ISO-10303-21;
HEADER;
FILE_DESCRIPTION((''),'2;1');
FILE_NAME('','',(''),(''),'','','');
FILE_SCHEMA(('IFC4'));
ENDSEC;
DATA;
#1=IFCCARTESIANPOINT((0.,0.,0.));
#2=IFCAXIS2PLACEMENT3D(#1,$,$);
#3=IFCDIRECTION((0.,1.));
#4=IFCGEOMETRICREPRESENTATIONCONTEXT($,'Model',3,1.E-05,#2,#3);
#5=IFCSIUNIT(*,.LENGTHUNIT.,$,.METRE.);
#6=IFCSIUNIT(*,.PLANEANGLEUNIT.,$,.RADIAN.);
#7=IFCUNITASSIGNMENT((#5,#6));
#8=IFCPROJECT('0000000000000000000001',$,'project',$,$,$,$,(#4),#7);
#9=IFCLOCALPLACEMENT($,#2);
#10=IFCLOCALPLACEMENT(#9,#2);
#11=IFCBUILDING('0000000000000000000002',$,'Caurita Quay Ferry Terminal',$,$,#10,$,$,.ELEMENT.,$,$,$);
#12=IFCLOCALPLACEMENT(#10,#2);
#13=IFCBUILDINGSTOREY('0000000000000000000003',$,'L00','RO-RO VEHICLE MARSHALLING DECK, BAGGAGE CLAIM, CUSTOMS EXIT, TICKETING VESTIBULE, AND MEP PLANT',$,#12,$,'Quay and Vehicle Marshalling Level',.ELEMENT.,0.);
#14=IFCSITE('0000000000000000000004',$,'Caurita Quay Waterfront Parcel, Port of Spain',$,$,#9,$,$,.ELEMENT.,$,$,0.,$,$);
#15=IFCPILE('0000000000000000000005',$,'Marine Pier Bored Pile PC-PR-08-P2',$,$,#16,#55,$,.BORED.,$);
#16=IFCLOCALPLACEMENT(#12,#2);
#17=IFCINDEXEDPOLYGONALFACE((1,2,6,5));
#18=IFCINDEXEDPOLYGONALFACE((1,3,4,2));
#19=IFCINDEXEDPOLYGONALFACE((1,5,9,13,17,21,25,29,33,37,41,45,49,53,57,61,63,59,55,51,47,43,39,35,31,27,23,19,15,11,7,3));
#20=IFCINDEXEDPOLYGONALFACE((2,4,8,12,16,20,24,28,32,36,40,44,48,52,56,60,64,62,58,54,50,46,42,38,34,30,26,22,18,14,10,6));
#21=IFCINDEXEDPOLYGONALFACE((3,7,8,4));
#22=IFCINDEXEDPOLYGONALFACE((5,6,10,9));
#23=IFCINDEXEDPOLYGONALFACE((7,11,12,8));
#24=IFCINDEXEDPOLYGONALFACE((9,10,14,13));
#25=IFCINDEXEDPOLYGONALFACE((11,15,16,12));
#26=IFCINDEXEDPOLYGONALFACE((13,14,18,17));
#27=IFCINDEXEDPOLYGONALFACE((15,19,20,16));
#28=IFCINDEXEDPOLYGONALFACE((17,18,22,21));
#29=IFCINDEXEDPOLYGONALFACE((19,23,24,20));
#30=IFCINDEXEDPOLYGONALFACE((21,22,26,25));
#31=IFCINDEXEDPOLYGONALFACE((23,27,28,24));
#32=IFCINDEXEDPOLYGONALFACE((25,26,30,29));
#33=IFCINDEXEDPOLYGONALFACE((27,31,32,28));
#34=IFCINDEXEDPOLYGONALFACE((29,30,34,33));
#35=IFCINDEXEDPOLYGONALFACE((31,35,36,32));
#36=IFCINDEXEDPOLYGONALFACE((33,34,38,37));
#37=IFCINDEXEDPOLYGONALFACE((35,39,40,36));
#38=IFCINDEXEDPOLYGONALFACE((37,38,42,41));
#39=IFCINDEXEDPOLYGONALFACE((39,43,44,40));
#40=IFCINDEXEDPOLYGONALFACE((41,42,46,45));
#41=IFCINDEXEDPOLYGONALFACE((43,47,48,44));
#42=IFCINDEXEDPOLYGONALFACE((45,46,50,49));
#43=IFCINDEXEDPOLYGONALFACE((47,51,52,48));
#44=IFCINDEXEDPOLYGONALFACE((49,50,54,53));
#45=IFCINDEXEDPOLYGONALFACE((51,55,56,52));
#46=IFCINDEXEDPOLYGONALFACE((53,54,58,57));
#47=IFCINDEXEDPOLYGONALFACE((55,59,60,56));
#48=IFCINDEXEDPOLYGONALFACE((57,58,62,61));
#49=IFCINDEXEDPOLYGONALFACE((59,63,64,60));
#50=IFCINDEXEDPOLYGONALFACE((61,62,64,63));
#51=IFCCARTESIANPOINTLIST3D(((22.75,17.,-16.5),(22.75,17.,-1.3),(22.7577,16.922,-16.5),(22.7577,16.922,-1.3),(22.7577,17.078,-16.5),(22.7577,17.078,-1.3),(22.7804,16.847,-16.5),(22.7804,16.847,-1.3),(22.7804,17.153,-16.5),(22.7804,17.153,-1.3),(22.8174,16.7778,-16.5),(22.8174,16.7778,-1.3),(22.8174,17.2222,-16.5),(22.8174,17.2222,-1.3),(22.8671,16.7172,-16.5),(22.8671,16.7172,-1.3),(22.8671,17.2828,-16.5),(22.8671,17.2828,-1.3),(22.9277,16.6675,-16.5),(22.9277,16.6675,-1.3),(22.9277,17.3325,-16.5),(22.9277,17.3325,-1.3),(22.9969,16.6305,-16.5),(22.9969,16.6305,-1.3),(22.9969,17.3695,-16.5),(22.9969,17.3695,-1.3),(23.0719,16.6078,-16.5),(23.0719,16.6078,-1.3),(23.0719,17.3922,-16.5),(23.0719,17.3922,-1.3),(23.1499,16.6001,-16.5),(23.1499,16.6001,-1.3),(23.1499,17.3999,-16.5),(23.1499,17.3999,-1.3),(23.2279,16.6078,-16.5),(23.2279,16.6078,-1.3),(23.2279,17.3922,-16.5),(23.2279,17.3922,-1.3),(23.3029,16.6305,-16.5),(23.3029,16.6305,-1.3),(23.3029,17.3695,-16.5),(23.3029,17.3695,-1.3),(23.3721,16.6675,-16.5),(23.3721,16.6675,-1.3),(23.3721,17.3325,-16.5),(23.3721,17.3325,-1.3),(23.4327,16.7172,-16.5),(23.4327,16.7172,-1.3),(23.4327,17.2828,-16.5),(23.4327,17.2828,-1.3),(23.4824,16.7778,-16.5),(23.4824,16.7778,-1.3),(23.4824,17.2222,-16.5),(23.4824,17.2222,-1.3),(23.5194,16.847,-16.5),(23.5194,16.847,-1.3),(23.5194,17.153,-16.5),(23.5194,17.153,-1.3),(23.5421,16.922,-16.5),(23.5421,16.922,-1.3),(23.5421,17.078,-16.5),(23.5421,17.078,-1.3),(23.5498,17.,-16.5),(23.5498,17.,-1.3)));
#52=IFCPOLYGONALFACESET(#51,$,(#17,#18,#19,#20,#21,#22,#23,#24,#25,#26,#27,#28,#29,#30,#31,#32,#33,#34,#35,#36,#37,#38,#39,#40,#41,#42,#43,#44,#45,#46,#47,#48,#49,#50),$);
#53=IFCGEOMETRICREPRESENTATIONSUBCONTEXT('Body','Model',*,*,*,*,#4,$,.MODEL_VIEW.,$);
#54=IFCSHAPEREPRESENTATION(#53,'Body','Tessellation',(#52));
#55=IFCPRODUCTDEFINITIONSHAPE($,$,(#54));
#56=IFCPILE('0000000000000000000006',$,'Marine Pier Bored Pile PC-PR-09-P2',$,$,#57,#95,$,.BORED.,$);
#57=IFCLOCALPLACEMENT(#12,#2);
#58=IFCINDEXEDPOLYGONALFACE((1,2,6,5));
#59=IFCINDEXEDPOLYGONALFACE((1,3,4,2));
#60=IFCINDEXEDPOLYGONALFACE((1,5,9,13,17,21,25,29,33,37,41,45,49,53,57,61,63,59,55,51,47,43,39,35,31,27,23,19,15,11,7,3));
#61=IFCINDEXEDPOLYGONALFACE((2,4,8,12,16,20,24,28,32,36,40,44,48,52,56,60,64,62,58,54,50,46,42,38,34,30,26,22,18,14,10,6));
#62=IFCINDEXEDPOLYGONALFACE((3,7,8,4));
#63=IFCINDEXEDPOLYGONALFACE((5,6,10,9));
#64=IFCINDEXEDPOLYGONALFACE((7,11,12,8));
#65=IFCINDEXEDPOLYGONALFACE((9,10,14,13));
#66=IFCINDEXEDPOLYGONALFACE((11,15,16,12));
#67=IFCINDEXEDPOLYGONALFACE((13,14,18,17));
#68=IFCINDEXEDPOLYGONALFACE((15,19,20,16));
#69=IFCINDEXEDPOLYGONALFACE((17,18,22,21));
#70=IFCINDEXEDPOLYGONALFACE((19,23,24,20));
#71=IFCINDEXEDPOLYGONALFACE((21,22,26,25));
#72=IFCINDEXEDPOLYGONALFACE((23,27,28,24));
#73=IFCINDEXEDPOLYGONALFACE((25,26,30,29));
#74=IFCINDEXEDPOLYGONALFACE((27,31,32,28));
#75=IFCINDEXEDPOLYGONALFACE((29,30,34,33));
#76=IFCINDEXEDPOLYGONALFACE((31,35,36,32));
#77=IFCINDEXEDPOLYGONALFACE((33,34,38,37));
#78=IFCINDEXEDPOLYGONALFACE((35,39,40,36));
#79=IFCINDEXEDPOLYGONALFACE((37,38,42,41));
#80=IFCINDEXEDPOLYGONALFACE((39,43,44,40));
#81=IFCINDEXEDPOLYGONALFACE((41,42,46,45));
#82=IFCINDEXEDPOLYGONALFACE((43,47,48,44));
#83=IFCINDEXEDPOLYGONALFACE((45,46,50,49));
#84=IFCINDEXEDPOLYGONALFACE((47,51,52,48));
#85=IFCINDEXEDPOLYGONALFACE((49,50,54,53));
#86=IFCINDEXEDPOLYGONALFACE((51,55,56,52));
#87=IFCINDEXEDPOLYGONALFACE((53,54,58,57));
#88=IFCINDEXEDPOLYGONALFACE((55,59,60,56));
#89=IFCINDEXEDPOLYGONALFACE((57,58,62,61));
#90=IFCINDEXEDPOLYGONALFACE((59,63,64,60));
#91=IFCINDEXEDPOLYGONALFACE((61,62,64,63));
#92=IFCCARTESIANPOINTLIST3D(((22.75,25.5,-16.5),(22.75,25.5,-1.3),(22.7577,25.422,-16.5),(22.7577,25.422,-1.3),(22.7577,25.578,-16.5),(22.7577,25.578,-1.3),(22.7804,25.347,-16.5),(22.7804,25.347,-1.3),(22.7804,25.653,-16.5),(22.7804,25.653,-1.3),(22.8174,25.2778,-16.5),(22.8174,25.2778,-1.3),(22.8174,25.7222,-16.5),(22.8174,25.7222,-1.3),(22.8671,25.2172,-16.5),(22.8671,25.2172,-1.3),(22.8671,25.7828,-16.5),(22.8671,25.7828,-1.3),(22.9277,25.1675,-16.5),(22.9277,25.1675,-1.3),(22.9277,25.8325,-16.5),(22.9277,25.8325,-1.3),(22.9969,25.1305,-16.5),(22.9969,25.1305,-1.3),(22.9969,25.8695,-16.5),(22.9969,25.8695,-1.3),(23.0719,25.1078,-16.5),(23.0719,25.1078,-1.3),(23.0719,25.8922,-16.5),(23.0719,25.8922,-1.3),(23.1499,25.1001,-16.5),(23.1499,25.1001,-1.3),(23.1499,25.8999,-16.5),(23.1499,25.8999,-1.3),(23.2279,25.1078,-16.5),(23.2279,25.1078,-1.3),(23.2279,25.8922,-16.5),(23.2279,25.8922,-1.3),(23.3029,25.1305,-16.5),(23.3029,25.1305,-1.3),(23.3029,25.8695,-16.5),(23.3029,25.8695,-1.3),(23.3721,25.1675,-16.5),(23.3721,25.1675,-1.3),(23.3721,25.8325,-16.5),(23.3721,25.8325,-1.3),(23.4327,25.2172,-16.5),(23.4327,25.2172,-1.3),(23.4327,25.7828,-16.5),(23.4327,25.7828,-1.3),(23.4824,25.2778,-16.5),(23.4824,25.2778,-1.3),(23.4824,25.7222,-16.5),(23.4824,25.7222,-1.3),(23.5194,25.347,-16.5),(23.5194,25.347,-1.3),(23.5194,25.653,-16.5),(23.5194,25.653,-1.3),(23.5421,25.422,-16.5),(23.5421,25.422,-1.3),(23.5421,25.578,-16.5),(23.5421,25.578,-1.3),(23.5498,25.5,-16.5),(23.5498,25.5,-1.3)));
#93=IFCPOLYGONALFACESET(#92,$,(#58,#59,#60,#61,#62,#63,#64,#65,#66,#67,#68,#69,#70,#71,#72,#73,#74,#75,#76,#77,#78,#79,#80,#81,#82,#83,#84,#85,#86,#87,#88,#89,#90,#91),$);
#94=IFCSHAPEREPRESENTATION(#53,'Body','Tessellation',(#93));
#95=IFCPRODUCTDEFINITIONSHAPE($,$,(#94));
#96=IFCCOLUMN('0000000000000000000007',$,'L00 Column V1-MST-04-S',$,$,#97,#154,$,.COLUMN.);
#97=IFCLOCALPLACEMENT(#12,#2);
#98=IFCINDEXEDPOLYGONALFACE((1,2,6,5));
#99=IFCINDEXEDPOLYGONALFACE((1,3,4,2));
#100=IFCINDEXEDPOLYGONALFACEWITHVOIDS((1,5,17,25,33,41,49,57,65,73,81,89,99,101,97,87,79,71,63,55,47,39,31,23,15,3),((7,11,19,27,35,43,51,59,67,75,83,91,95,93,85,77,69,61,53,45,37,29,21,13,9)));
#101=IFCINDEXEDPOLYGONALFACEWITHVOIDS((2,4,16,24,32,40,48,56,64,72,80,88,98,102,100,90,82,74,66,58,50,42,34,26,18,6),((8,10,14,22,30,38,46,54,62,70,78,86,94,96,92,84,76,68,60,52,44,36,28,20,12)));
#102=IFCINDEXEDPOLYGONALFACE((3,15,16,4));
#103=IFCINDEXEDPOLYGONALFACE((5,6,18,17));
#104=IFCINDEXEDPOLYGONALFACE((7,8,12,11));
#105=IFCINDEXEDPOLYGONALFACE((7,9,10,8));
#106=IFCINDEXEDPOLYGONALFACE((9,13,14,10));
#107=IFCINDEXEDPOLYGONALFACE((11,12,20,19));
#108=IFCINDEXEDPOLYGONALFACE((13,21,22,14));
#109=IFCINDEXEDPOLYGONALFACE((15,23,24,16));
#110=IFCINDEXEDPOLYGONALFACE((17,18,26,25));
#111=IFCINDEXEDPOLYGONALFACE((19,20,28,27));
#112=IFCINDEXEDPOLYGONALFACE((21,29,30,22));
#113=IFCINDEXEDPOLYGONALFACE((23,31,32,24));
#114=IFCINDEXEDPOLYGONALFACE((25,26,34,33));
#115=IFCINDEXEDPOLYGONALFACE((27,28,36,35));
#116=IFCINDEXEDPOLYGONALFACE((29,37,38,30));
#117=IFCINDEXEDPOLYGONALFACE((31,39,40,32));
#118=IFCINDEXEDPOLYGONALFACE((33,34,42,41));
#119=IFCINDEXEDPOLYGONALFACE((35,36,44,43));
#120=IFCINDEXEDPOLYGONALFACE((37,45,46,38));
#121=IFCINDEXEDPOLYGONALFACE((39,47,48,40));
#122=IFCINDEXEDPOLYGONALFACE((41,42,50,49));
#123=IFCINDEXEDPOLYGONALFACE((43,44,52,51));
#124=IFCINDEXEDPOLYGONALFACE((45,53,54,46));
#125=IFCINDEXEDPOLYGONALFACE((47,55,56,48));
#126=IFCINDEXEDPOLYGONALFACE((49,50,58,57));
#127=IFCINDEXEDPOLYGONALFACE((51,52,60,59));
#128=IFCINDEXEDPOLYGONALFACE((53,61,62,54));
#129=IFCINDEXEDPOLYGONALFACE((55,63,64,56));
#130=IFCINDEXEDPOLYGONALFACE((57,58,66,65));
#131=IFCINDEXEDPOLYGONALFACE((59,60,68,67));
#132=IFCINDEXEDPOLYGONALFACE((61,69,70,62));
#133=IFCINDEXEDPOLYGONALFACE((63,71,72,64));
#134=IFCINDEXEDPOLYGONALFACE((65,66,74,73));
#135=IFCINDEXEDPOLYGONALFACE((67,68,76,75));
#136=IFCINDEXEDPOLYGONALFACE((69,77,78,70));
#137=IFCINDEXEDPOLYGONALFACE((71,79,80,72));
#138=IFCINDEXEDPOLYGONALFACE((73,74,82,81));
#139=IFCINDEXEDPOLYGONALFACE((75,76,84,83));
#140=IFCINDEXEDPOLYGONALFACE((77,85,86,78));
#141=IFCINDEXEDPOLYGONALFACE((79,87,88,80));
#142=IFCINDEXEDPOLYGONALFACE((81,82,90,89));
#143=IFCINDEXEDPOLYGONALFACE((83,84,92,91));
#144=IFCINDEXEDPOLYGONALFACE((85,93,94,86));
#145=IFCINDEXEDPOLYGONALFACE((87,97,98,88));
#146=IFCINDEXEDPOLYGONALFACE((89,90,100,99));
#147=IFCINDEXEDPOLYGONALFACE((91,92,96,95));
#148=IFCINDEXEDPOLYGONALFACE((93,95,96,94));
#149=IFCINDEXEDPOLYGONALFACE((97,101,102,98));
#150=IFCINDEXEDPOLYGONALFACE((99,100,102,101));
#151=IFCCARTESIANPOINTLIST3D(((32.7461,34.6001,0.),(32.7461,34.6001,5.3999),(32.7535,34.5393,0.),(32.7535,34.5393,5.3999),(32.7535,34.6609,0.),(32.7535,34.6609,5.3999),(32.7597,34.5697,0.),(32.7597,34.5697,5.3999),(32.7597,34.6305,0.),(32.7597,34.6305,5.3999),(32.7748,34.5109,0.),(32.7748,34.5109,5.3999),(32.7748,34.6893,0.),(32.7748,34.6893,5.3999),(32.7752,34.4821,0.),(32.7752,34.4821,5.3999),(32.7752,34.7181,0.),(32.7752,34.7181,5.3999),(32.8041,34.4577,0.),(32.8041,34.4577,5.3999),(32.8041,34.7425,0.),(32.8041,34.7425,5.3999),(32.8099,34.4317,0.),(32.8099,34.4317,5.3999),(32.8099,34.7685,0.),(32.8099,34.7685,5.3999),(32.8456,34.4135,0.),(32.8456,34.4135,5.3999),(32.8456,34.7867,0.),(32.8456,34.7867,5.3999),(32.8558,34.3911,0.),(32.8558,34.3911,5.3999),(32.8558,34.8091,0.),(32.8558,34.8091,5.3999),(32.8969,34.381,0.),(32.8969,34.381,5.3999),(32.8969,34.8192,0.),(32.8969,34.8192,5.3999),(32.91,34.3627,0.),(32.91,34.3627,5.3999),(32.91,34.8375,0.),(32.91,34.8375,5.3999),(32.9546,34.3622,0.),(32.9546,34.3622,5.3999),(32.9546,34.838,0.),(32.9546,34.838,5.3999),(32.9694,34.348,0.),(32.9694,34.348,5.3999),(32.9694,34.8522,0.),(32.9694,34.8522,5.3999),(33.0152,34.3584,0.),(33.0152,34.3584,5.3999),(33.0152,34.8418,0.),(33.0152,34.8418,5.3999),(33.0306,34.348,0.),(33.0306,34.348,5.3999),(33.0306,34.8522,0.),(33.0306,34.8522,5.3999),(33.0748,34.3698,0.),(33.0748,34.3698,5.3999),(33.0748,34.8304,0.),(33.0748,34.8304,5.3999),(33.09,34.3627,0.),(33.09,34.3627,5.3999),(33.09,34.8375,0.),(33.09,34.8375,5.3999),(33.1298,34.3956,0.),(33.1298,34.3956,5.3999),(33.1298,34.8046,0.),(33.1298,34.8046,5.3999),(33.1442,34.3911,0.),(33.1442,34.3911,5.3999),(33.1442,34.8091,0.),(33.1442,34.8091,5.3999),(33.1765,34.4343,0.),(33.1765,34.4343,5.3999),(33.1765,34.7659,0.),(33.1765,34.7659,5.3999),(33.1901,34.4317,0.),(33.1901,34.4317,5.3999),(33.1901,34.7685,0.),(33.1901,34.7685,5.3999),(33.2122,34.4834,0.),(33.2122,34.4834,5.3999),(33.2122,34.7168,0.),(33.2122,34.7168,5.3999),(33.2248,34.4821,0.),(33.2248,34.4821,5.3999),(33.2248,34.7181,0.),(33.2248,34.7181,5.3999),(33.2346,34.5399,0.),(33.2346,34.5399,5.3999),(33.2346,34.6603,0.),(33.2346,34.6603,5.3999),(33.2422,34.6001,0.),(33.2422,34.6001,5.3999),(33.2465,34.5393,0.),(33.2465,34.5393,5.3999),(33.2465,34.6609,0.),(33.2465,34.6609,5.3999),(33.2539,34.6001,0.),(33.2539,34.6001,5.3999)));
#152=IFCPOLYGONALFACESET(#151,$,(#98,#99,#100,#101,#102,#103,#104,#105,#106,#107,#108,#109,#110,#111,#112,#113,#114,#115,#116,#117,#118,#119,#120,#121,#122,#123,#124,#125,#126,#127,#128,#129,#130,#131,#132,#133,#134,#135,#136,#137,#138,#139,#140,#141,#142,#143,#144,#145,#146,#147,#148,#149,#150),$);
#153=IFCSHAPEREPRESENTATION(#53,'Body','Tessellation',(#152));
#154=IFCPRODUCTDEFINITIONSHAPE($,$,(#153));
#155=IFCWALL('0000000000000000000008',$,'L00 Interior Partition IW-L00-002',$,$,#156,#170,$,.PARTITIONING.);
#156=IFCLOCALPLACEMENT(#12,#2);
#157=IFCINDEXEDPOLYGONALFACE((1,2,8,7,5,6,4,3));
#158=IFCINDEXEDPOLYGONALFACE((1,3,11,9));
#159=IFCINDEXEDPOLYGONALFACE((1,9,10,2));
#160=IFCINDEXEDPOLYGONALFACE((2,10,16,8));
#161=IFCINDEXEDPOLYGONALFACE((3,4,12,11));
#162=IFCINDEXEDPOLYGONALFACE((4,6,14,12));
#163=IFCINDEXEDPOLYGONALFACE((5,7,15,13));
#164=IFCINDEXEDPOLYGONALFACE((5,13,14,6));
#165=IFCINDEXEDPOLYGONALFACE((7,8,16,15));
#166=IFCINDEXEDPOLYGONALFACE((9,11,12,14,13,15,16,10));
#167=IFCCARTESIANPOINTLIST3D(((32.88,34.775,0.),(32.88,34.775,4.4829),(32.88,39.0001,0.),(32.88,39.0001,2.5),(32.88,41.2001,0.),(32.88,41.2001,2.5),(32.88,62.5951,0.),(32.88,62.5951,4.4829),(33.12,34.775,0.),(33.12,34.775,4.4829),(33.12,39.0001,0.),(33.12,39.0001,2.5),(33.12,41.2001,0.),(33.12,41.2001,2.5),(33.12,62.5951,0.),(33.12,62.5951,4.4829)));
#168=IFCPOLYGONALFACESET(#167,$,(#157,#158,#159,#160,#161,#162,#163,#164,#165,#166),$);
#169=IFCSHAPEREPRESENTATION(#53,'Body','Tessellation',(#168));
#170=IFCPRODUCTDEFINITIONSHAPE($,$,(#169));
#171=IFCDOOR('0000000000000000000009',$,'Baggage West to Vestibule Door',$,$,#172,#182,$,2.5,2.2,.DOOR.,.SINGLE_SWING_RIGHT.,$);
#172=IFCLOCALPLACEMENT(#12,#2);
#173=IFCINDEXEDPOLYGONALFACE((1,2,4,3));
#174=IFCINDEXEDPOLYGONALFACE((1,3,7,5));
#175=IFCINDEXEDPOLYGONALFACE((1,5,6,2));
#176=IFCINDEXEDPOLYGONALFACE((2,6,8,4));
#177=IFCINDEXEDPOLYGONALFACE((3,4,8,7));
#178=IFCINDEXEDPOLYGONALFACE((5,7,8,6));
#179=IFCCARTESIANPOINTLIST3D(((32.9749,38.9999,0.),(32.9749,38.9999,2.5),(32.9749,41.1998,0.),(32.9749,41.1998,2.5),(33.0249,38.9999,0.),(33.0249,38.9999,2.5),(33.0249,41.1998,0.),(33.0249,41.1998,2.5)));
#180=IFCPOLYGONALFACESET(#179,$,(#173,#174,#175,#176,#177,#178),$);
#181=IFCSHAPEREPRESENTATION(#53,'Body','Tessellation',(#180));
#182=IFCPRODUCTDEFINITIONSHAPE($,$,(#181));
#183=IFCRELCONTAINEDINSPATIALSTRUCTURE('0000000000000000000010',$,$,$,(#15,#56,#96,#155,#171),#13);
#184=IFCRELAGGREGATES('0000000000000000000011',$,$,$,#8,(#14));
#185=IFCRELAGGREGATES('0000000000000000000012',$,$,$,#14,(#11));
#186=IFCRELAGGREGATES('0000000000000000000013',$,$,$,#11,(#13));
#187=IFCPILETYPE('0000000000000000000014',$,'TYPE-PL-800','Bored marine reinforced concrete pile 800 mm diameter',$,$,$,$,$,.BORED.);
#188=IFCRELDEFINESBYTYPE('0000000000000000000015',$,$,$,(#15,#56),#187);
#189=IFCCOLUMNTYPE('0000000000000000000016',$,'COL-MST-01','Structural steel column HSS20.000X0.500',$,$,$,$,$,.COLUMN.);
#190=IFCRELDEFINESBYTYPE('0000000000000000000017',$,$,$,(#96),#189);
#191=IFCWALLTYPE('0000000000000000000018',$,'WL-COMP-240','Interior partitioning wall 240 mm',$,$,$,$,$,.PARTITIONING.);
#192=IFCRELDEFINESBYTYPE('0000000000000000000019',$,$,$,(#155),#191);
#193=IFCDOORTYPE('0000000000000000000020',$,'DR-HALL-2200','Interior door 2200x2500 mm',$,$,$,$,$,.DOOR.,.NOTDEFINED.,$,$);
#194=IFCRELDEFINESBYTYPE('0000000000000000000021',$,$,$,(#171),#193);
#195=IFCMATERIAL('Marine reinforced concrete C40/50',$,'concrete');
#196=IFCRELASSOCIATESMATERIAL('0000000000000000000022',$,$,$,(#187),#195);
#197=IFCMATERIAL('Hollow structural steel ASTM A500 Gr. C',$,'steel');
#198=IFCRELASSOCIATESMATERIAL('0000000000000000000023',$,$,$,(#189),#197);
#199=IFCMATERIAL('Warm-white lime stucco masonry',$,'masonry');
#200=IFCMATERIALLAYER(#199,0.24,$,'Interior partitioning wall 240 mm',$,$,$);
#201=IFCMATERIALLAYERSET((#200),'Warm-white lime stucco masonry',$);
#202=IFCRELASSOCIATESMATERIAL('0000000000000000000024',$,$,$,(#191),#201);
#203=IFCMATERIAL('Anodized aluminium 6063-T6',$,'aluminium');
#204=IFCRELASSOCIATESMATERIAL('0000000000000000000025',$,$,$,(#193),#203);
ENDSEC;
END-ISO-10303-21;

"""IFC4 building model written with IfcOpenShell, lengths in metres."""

from ifc_helpers import new_model, si_unit, direction, frame, frame_2d, origin, origin_2d, place, context, subcontext, project, spatial, rectangle, circle, hollow_circle, extrude, material, layer, layer_set, material_profile, profile_set, type_object, element, fill, save


model = new_model("IFC4")

# Units and contexts
model_context = context("Model", 3, precision=1e-05, world=origin(), true_north=direction((0.0, 1.0)))
body_context = subcontext(model_context, "Body", "Model", "MODEL_VIEW")
ifc_project = project(units=[si_unit("LENGTHUNIT", "METRE"), si_unit("PLANEANGLEUNIT", "RADIAN")], contexts=[model_context])

# Site, building, storey
site_placement = place(None, origin())
site = spatial("IfcSite", under=ifc_project, at=site_placement, Name="Caurita Quay Waterfront Parcel, Port of Spain", CompositionType="ELEMENT", RefElevation=0.0)
building_placement = place(site_placement, origin())
building = spatial("IfcBuilding", under=site, at=building_placement, Name="Caurita Quay Ferry Terminal", CompositionType="ELEMENT")
storey_placement = place(building_placement, origin())
storey = spatial("IfcBuildingStorey", under=building, at=storey_placement, Name="L00", Description="RO-RO VEHICLE MARSHALLING DECK, BAGGAGE CLAIM, CUSTOMS EXIT, TICKETING VESTIBULE, AND MEP PLANT", LongName="Quay and Vehicle Marshalling Level", CompositionType="ELEMENT", Elevation=0.0)

# Piles
ifc_material_1 = material(Name="Marine reinforced concrete C40/50", Category="concrete")
ifc_material_profile_1 = material_profile(ifc_material_1, circle(Radius=0.3999, at=origin_2d()), Name="PILE-D800")
ifc_profile_set_1 = profile_set([ifc_material_profile_1], Name="Marine reinforced concrete C40/50")
pile_type_1 = type_object("IfcPileType", Name="TYPE-PL-800", Description="Bored marine reinforced concrete pile 800 mm diameter", PredefinedType="BORED", material=ifc_profile_set_1)
for number, where, z_axis, x_axis, name in (
    (1, (23.1499, 17.0, -1.3), (0.0, 0.0, -1.0), (1.0, 0.0, 0.0), "Marine Pier Bored Pile PC-PR-08-P2"),
    (2, (23.1499, 25.5, -1.3), (0.0, 0.0, -1.0), (1.0, 0.0, 0.0), "Marine Pier Bored Pile PC-PR-09-P2"),
):
    element("IfcPile", number, at=place(storey_placement, frame(where, z_axis=z_axis, x_axis=x_axis)), inside=storey, type_object=pile_type_1, Name=name, PredefinedType="BORED", context=body_context, shape_type="SweptSolid", body=[
        extrude(circle(Radius=0.3999, at=origin_2d()), origin(), (0.0, 0.0, 1.0), 15.2),
    ])

# Column
ifc_material_2 = material(Name="Hollow structural steel ASTM A500 Gr. C", Category="steel")
ifc_material_profile_2 = material_profile(ifc_material_2, hollow_circle(Radius=0.2539, WallThickness=0.0117, at=origin_2d()), Name="HSS20.000X0.500")
ifc_profile_set_2 = profile_set([ifc_material_profile_2], Name="Hollow structural steel ASTM A500 Gr. C")
column_type = type_object("IfcColumnType", Name="COL-MST-01", Description="Structural steel column HSS20.000X0.500", PredefinedType="COLUMN", material=ifc_profile_set_2)
column_placement = place(storey_placement, frame((33.0, 34.6001, 0.0), z_axis=(0.0, 0.0, 1.0), x_axis=(1.0, 0.0, 0.0)))
element("IfcColumn", 3, at=column_placement, inside=storey, type_object=column_type, Name="L00 Column V1-MST-04-S", PredefinedType="COLUMN", context=body_context, shape_type="SweptSolid", body=[
    extrude(hollow_circle(Radius=0.2539, WallThickness=0.0117, at=origin_2d()), origin(), (0.0, 0.0, 1.0), 5.3999),
])

# Wall, opening, door
ifc_material_3 = material(Name="Warm-white lime stucco masonry", Category="masonry")
ifc_layer_1 = layer(ifc_material_3, 0.24, Name="Interior partitioning wall 240 mm")
ifc_layer_set_1 = layer_set([ifc_layer_1], Name="Warm-white lime stucco masonry")
wall_type_1 = type_object("IfcWallType", Name="WL-COMP-240", Description="Interior partitioning wall 240 mm", PredefinedType="PARTITIONING", material=ifc_layer_set_1)
wall_1_placement = place(storey_placement, frame((33.0, 34.7749, 0.0), z_axis=(0.0, 0.0, 1.0), x_axis=(0.0, 1.0, 0.0)))
wall_1 = element("IfcWall", 4, at=wall_1_placement, inside=storey, type_object=wall_type_1, Name="L00 Interior Partition IW-L00-002", PredefinedType="PARTITIONING", context=body_context, shape_type="SweptSolid", body=[
    extrude(rectangle(XDim=27.8201, YDim=0.24, at=frame_2d((13.9102, 0.0))), origin(), (0.0, 0.0, 1.0), 4.4829),
])
opening_1_placement = place(wall_1_placement, frame((4.2251, 0.0, 0.0)))
opening_1 = element("IfcOpeningElement", 5, at=opening_1_placement, cuts=wall_1, PredefinedType="OPENING", context=body_context, shape_type="SweptSolid", body=[
    extrude(rectangle(XDim=2.2, YDim=2.5, at=frame_2d((1.1001, 1.25))), frame((0.0, 0.1299, 0.0), z_axis=(0.0, -1.0, 0.0), x_axis=(1.0, 0.0, 0.0)), (0.0, 0.0, 1.0), 0.26),
])
ifc_material_4 = material(Name="Anodized aluminium 6063-T6", Category="aluminium")
door_type_1 = type_object("IfcDoorType", Name="DR-HALL-2200", Description="Interior door 2200x2500 mm", OperationType="NOTDEFINED", PredefinedType="DOOR", material=ifc_material_4)
door_1_placement = place(opening_1_placement, frame((2.2, 0.0, 0.0), z_axis=(0.0, 0.0, 1.0), x_axis=(-1.0, 0.0, 0.0)))
door_1 = element("IfcDoor", 6, at=door_1_placement, inside=storey, type_object=door_type_1, Name="Baggage West to Vestibule Door", OperationType="SINGLE_SWING_RIGHT", OverallHeight=2.5, OverallWidth=2.2, PredefinedType="DOOR", context=body_context, shape_type="SweptSolid", body=[
    extrude(rectangle(XDim=2.2, YDim=2.5, at=frame_2d((1.1001, 1.25))), frame((0.0, 0.0249, 0.0), z_axis=(0.0, -1.0, 0.0), x_axis=(1.0, 0.0, 0.0)), (0.0, 0.0, 1.0), 0.05),
])
fill(opening_1, door_1)

save(model, "model.ifc")
